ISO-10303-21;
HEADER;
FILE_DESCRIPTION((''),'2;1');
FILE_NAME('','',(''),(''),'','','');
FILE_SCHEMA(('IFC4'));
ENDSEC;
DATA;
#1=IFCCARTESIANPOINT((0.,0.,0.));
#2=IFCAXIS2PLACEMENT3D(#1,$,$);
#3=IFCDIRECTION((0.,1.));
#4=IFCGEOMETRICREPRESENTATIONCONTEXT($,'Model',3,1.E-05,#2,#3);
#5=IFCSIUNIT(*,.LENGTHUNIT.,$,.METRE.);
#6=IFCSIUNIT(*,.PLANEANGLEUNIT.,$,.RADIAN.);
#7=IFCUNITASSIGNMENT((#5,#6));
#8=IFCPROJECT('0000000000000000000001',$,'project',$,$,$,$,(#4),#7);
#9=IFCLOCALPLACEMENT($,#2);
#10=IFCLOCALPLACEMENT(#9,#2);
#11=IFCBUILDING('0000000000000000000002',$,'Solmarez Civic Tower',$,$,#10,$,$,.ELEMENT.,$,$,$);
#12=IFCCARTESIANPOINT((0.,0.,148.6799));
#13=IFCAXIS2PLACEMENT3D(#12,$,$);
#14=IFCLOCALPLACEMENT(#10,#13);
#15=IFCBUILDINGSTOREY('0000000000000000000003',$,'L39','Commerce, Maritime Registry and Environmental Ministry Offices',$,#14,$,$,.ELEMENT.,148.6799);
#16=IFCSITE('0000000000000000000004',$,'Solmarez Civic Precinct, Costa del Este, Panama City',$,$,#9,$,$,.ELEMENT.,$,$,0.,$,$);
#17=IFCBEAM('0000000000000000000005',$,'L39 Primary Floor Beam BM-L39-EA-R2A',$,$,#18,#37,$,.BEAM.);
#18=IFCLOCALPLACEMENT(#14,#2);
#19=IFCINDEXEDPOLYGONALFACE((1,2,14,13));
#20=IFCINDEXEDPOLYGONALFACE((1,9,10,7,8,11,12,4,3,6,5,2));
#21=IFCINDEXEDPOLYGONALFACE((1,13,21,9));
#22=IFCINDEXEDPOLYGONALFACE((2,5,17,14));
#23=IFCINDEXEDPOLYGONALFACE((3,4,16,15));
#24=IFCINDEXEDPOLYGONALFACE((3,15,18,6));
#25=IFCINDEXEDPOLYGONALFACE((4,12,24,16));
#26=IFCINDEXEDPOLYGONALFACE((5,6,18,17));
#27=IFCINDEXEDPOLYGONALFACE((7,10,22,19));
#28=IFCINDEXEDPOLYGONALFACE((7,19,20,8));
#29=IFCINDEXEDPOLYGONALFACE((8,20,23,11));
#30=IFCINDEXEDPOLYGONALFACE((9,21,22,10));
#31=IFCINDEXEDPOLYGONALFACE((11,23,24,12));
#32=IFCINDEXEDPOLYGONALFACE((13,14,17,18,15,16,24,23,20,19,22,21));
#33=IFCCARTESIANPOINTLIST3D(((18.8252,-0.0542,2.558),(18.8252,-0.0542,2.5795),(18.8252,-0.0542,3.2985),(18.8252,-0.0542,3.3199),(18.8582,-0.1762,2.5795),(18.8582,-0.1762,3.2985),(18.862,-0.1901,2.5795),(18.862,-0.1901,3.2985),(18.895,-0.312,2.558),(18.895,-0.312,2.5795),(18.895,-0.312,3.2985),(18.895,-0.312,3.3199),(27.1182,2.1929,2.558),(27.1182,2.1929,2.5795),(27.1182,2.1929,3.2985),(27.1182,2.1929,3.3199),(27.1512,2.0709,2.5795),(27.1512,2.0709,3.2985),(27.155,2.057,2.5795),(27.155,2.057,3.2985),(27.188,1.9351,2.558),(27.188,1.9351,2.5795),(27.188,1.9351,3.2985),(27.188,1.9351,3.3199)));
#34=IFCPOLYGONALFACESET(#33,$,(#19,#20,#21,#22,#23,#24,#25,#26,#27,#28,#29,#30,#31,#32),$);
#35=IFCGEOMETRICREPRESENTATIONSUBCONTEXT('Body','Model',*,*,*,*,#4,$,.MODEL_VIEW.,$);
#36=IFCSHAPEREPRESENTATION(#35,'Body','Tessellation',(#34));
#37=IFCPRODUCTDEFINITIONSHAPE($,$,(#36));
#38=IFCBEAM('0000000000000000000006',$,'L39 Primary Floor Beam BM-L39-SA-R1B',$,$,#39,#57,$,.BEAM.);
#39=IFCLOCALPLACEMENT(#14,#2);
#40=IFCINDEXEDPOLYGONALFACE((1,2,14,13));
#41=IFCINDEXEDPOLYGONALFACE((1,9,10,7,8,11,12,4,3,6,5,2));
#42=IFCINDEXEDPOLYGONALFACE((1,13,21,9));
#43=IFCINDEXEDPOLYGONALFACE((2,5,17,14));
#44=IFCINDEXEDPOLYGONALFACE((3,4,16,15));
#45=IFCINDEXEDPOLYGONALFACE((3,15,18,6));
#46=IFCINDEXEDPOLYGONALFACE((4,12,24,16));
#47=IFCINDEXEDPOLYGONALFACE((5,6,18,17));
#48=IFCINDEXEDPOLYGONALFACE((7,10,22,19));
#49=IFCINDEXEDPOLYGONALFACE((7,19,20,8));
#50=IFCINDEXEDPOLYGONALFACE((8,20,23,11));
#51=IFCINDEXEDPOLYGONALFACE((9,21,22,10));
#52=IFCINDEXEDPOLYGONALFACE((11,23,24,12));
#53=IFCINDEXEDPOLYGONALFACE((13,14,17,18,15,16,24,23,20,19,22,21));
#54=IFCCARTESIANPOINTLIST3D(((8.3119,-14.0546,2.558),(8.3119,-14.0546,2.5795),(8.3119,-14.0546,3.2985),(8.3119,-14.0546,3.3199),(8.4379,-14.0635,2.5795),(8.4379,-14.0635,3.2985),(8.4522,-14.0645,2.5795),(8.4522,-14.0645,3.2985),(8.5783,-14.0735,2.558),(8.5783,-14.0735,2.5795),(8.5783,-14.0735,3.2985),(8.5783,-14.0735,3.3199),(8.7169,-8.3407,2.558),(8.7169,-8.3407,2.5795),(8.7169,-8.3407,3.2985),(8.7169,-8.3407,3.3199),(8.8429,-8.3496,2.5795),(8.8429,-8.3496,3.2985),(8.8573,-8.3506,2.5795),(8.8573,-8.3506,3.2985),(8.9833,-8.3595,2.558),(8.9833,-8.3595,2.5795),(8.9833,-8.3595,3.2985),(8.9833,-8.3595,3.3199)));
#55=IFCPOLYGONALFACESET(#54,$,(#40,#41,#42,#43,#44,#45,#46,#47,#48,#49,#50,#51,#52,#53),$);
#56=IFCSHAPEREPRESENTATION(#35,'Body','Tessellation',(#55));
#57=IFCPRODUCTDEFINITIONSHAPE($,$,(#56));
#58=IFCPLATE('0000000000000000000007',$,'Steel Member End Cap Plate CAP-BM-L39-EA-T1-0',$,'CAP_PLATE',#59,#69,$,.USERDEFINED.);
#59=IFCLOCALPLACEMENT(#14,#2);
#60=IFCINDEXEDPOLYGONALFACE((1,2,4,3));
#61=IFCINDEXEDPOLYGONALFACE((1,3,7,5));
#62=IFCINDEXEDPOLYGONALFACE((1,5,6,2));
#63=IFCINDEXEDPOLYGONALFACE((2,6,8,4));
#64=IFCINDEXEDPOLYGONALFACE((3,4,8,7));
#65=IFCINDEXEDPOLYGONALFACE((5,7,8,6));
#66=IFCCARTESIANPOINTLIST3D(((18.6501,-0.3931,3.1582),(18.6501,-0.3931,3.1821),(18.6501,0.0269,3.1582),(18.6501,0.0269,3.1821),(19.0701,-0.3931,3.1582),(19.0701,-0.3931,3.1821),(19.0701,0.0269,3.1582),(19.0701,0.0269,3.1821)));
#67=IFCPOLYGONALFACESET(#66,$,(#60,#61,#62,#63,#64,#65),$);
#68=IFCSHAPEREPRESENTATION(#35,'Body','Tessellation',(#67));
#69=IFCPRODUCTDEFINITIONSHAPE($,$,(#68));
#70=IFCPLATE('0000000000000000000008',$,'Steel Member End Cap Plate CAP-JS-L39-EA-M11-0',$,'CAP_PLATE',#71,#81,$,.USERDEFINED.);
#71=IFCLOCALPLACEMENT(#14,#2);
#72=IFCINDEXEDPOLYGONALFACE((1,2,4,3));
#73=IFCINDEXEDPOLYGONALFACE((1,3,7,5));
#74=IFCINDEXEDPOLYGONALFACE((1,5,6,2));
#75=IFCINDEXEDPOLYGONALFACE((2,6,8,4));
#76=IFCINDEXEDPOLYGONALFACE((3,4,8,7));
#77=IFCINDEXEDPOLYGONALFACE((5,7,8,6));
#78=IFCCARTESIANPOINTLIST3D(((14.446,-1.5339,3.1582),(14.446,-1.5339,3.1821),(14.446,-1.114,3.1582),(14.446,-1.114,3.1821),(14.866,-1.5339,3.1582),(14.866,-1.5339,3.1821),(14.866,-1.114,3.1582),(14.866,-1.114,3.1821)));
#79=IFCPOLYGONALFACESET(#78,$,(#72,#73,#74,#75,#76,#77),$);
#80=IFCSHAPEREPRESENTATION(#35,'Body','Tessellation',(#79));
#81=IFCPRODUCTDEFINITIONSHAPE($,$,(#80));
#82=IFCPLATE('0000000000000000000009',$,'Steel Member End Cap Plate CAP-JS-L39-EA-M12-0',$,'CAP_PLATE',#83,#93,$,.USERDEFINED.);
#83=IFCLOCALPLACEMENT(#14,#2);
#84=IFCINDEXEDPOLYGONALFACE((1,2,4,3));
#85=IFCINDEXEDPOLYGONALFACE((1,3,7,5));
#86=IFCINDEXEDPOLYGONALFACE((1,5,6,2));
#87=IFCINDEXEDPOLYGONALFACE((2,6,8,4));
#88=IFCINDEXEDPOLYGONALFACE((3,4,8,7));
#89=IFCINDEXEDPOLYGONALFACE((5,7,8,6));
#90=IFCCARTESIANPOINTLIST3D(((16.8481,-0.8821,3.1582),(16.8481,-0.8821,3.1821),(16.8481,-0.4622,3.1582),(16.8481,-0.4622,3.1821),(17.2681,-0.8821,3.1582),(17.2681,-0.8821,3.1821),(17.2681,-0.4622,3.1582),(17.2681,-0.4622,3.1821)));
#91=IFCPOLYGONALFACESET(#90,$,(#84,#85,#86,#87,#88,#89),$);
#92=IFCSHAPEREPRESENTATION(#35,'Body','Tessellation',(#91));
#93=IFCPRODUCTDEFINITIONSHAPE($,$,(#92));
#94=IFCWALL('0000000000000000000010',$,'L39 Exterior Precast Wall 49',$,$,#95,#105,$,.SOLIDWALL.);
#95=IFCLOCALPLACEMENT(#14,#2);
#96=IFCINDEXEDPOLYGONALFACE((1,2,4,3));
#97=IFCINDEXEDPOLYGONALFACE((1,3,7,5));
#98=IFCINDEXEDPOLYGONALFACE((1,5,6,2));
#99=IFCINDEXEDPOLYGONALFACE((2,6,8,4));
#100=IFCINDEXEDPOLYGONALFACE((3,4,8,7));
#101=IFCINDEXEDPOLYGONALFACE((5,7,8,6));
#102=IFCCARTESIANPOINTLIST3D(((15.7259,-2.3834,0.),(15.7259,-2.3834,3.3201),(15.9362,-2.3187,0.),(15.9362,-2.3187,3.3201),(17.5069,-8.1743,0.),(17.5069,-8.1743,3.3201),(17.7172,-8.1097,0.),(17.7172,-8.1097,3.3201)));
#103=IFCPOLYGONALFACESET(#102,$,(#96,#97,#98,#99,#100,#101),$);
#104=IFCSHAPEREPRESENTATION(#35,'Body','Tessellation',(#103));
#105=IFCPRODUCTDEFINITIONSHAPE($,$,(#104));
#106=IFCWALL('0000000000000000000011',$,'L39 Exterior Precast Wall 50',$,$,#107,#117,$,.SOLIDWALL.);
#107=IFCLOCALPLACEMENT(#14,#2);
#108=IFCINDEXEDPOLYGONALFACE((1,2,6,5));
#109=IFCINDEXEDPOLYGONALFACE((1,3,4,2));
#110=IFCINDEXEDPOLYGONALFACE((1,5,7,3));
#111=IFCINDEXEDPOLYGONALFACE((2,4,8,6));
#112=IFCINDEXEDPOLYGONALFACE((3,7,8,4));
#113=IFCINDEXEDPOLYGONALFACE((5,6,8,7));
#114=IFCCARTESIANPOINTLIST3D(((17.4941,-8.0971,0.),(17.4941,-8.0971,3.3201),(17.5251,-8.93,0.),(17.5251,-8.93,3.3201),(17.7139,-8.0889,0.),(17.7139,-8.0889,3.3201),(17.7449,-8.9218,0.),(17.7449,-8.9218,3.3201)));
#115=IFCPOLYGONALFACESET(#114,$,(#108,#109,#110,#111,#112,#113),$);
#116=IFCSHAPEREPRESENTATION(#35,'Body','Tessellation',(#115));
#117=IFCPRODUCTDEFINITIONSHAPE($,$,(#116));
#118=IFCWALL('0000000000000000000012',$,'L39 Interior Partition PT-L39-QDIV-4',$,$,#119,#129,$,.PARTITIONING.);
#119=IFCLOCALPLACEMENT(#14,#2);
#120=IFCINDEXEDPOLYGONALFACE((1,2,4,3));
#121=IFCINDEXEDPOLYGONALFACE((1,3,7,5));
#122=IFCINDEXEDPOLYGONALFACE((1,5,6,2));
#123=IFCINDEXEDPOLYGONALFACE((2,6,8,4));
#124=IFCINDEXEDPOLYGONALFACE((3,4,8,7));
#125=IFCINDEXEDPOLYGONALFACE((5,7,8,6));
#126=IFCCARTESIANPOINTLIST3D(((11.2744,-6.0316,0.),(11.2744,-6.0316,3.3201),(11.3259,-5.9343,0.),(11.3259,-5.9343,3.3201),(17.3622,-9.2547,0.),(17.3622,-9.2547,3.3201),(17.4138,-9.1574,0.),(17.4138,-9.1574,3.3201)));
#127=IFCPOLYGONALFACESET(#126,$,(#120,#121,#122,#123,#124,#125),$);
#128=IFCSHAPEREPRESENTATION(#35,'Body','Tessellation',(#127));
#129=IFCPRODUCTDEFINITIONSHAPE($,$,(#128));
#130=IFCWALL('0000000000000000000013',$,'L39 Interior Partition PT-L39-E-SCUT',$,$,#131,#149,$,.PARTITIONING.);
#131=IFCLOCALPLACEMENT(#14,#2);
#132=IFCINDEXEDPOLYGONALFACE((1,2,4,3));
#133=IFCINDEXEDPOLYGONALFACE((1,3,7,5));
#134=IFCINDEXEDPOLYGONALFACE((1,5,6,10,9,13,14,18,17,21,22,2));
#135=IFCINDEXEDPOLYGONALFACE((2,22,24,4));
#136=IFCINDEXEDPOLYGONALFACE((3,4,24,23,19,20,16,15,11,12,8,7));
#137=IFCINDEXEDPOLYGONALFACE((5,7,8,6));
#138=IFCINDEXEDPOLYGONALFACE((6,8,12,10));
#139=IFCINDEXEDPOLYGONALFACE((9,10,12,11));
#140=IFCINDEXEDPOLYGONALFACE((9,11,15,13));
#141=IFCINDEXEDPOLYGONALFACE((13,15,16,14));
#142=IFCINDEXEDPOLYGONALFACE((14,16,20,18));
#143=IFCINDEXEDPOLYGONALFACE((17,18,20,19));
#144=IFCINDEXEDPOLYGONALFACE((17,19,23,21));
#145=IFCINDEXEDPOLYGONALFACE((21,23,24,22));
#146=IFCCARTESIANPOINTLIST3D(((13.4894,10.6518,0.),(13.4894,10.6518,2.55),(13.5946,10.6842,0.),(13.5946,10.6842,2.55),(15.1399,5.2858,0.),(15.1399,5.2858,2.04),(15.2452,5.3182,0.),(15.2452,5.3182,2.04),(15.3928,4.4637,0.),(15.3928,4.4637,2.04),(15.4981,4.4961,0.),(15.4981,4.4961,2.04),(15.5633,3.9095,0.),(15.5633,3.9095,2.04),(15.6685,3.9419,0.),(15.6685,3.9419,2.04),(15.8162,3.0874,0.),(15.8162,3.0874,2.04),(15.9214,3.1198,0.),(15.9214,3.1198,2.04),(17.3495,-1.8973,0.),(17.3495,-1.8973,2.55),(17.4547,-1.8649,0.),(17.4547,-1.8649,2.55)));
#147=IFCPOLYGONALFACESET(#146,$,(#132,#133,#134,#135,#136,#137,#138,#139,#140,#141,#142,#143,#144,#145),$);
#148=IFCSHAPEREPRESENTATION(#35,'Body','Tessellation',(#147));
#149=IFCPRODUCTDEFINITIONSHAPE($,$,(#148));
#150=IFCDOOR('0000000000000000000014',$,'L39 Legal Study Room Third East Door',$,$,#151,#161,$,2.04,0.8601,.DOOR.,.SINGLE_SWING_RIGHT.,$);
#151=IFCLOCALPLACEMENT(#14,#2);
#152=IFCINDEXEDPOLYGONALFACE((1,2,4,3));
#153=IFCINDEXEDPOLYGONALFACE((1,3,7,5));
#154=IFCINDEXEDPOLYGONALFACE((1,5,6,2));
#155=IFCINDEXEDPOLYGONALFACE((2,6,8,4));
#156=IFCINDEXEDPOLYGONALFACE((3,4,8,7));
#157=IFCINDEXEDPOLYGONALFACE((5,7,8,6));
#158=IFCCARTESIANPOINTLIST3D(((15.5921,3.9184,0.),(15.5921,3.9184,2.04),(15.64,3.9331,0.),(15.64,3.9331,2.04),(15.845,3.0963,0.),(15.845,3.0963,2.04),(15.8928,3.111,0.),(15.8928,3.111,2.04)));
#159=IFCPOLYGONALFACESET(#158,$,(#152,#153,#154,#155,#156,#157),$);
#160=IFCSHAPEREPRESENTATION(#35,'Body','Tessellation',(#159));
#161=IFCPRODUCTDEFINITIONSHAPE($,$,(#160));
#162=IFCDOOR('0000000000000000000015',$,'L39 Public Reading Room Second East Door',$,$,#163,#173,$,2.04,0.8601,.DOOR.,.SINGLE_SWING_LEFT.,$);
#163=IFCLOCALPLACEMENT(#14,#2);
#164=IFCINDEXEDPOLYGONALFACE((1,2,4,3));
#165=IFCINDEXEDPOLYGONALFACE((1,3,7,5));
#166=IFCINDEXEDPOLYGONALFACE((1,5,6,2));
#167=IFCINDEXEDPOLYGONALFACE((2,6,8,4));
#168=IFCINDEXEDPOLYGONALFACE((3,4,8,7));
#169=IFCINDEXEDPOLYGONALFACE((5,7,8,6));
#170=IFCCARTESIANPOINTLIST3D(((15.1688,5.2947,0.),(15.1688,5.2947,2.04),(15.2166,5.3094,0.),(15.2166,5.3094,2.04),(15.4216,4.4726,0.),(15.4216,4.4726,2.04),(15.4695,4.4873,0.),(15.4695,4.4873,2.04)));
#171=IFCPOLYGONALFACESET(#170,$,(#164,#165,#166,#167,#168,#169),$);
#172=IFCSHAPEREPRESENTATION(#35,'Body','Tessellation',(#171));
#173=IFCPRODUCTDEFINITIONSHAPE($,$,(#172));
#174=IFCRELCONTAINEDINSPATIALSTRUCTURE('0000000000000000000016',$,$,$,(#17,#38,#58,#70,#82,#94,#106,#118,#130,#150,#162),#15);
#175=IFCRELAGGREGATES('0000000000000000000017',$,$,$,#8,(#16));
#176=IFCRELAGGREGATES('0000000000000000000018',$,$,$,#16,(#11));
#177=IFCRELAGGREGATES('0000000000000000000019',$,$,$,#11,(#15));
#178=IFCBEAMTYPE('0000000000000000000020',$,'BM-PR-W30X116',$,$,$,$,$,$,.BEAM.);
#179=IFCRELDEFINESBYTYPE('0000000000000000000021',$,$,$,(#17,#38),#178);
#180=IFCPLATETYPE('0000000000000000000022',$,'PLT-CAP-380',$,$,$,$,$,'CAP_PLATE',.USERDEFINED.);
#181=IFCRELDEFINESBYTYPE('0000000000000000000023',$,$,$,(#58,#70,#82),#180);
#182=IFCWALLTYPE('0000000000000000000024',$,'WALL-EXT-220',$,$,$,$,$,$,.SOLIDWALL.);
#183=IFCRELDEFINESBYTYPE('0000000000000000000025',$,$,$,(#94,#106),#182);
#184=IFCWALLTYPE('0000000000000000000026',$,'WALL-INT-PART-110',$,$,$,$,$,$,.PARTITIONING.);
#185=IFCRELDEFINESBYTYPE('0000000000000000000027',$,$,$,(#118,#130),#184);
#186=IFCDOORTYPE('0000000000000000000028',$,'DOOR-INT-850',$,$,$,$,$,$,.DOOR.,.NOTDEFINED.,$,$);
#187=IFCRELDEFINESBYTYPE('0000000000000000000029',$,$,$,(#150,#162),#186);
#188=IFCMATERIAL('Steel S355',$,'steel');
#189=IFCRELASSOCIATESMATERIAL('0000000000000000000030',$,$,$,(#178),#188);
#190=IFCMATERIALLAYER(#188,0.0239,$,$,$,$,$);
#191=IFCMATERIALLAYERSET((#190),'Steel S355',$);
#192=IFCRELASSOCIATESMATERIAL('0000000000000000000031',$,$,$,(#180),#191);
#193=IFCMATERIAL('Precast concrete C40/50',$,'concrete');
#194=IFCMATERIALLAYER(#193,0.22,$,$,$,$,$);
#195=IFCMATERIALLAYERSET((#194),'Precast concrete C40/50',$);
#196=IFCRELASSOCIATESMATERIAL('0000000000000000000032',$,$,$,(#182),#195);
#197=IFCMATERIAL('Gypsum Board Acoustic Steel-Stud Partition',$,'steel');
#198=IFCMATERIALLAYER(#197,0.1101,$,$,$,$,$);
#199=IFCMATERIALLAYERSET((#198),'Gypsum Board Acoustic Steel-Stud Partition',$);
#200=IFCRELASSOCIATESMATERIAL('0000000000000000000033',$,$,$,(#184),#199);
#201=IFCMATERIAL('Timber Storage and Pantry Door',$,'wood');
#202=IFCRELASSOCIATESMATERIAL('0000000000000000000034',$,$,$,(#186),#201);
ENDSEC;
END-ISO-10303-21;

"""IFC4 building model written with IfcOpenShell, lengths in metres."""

from ifc_helpers import new_model, si_unit, direction, frame, frame_2d, origin, origin_2d, place, context, subcontext, project, spatial, rectangle, i_section, extrude, material, layer, layer_set, material_profile, profile_set, type_object, element, fill, save


model = new_model("IFC4")

# Units and contexts
model_context = context("Model", 3, precision=1e-05, world=origin(), true_north=direction((0.0, 1.0)))
body_context = subcontext(model_context, "Body", "Model", "MODEL_VIEW")
ifc_project = project(units=[si_unit("LENGTHUNIT", "METRE"), si_unit("PLANEANGLEUNIT", "RADIAN")], contexts=[model_context])

# Site, building, storey
site_placement = place(None, origin())
site = spatial("IfcSite", under=ifc_project, at=site_placement, Name="Solmarez Civic Precinct, Costa del Este, Panama City", CompositionType="ELEMENT", RefElevation=0.0)
building_placement = place(site_placement, origin())
building = spatial("IfcBuilding", under=site, at=building_placement, Name="Solmarez Civic Tower", CompositionType="ELEMENT")
storey_placement = place(building_placement, frame((0.0, 0.0, 148.6799)))
storey = spatial("IfcBuildingStorey", under=building, at=storey_placement, Name="L39", Description="Commerce, Maritime Registry and Environmental Ministry Offices", CompositionType="ELEMENT", Elevation=148.6799)

# Beams
ifc_material_1 = material(Name="Steel S355", Category="steel")
ifc_material_profile_1 = material_profile(ifc_material_1, i_section(OverallWidth=0.2671, OverallDepth=0.762, WebThickness=0.0144, FlangeThickness=0.0215, at=origin_2d()), Name="W30X116")
ifc_profile_set_1 = profile_set([ifc_material_profile_1], Name="Steel S355")
beam_type_1 = type_object("IfcBeamType", Name="BM-PR-W30X116", PredefinedType="BEAM", material=ifc_profile_set_1)
beam_1_placement = place(storey_placement, frame((18.8601, -0.1831, 2.939), z_axis=(0.965195, 0.26153, 0.0), x_axis=(-0.26153, 0.965195, 0.0)))
element("IfcBeam", 1, at=beam_1_placement, inside=storey, type_object=beam_type_1, Name="L39 Primary Floor Beam BM-L39-EA-R2A", PredefinedType="BEAM", context=body_context, shape_type="SweptSolid", body=[
    extrude(i_section(OverallWidth=0.2671, OverallDepth=0.762, WebThickness=0.0144, FlangeThickness=0.0215, at=origin_2d()), origin(), (0.0, 0.0, 1.0), 8.592),
])
beam_2_placement = place(storey_placement, frame((8.8501, -8.3501, 2.939), z_axis=(-0.070708, -0.997497, 0.0), x_axis=(0.997497, -0.070708, 0.0)))
element("IfcBeam", 2, at=beam_2_placement, inside=storey, type_object=beam_type_1, Name="L39 Primary Floor Beam BM-L39-SA-R1B", PredefinedType="BEAM", context=body_context, shape_type="SweptSolid", body=[
    extrude(i_section(OverallWidth=0.2671, OverallDepth=0.762, WebThickness=0.0144, FlangeThickness=0.0215, at=origin_2d()), origin(), (0.0, 0.0, 1.0), 5.7283),
])

# Plates
ifc_layer_1 = layer(ifc_material_1, 0.0239)
ifc_layer_set_1 = layer_set([ifc_layer_1], Name="Steel S355")
plate_type = type_object("IfcPlateType", Name="PLT-CAP-380", ElementType="CAP_PLATE", PredefinedType="USERDEFINED", material=ifc_layer_set_1)
for number, where, z_axis, x_axis, name in (
    (3, (18.8601, -0.1831, 3.1582), (0.0, 0.0, 1.0), (1.0, 0.0, 0.0), "Steel Member End Cap Plate CAP-BM-L39-EA-T1-0"),
    (4, (14.656, -1.324, 3.1582), (0.0, 0.0, 1.0), (1.0, 0.0, 0.0), "Steel Member End Cap Plate CAP-JS-L39-EA-M11-0"),
    (5, (17.0581, -0.6721, 3.1582), (0.0, 0.0, 1.0), (1.0, 0.0, 0.0), "Steel Member End Cap Plate CAP-JS-L39-EA-M12-0"),
):
    element("IfcPlate", number, at=place(storey_placement, frame(where, z_axis=z_axis, x_axis=x_axis)), inside=storey, type_object=plate_type, Name=name, ObjectType="CAP_PLATE", PredefinedType="USERDEFINED", context=body_context, shape_type="SweptSolid", body=[
        extrude(rectangle(XDim=0.4199, YDim=0.4199, at=origin_2d()), origin(), (0.0, 0.0, 1.0), 0.0239),
    ])

# Walls
ifc_material_2 = material(Name="Precast concrete C40/50", Category="concrete")
ifc_layer_2 = layer(ifc_material_2, 0.22)
ifc_layer_set_2 = layer_set([ifc_layer_2], Name="Precast concrete C40/50")
wall_type_1 = type_object("IfcWallType", Name="WALL-EXT-220", PredefinedType="SOLIDWALL", material=ifc_layer_set_2)
wall_1_placement = place(storey_placement, frame((15.8311, -2.3511, 0.0), z_axis=(0.0, 0.0, 1.0), x_axis=(0.293958, -0.955818, 0.0)))
element("IfcWall", 6, at=wall_1_placement, inside=storey, type_object=wall_type_1, Name="L39 Exterior Precast Wall 49", PredefinedType="SOLIDWALL", context=body_context, shape_type="SweptSolid", body=[
    extrude(rectangle(XDim=6.0586, YDim=0.22, at=frame_2d((3.0293, 0.0))), origin(), (0.0, 0.0, 1.0), 3.3201),
])
wall_2_placement = place(storey_placement, frame((17.604, -8.093, 0.0), z_axis=(0.0, 0.0, 1.0), x_axis=(0.037196, -0.999308, 0.0)))
element("IfcWall", 7, at=wall_2_placement, inside=storey, type_object=wall_type_1, Name="L39 Exterior Precast Wall 50", PredefinedType="SOLIDWALL", context=body_context, shape_type="SweptSolid", body=[
    extrude(rectangle(XDim=0.8335, YDim=0.22, at=frame_2d((0.4167, 0.0))), origin(), (0.0, 0.0, 1.0), 3.3201),
])
ifc_material_3 = material(Name="Gypsum Board Acoustic Steel-Stud Partition", Category="steel")
ifc_layer_3 = layer(ifc_material_3, 0.1101)
ifc_layer_set_3 = layer_set([ifc_layer_3], Name="Gypsum Board Acoustic Steel-Stud Partition")
wall_type_2 = type_object("IfcWallType", Name="WALL-INT-PART-110", PredefinedType="PARTITIONING", material=ifc_layer_set_3)
wall_3_placement = place(storey_placement, frame((11.3, -5.9829, 0.0), z_axis=(0.0, 0.0, 1.0), x_axis=(0.883779, -0.467904, 0.0)))
element("IfcWall", 8, at=wall_3_placement, inside=storey, type_object=wall_type_2, Name="L39 Interior Partition PT-L39-QDIV-4", PredefinedType="PARTITIONING", context=body_context, shape_type="SweptSolid", body=[
    extrude(rectangle(XDim=6.8884, YDim=0.1101, at=frame_2d((3.4443, 0.0))), origin(), (0.0, 0.0, 1.0), 3.3201),
])

# Wall, openings, doors
wall_4_placement = place(storey_placement, frame((17.4021, -1.8811, 0.0), z_axis=(0.0, 0.0, 1.0), x_axis=(-0.294006, 0.955804, 0.0)))
wall_4 = element("IfcWall", 9, at=wall_4_placement, inside=storey, type_object=wall_type_2, Name="L39 Interior Partition PT-L39-E-SCUT", PredefinedType="PARTITIONING", context=body_context, shape_type="SweptSolid", body=[
    extrude(rectangle(XDim=13.1294, YDim=0.1101, at=frame_2d((6.5647, 0.0))), origin(), (0.0, 0.0, 1.0), 2.55),
])
opening_1_placement = place(wall_4_placement, frame((5.2151, 0.0, 0.0)))
opening_1 = element("IfcOpeningElement", 10, at=opening_1_placement, cuts=wall_4, PredefinedType="OPENING", context=body_context, shape_type="SweptSolid", body=[
    extrude(rectangle(XDim=0.8601, YDim=2.04, at=frame_2d((0.4302, 1.02))), frame((0.0, 0.0649, 0.0), z_axis=(0.0, -1.0, 0.0), x_axis=(1.0, 0.0, 0.0)), (0.0, 0.0, 1.0), 0.1301),
])
opening_2_placement = place(wall_4_placement, frame((6.655, 0.0, 0.0)))
opening_2 = element("IfcOpeningElement", 11, at=opening_2_placement, cuts=wall_4, PredefinedType="OPENING", context=body_context, shape_type="SweptSolid", body=[
    extrude(rectangle(XDim=0.8601, YDim=2.04, at=frame_2d((0.4302, 1.02))), frame((0.0, 0.0649, 0.0), z_axis=(0.0, -1.0, 0.0), x_axis=(1.0, 0.0, 0.0)), (0.0, 0.0, 1.0), 0.1301),
])
ifc_material_4 = material(Name="Timber Storage and Pantry Door", Category="wood")
door_type = type_object("IfcDoorType", Name="DOOR-INT-850", OperationType="NOTDEFINED", PredefinedType="DOOR", material=ifc_material_4)
door_1_placement = place(opening_1_placement, origin())
door_1 = element("IfcDoor", 12, at=door_1_placement, inside=storey, type_object=door_type, Name="L39 Legal Study Room Third East Door", OperationType="SINGLE_SWING_RIGHT", OverallHeight=2.04, OverallWidth=0.8601, PredefinedType="DOOR", context=body_context, shape_type="SweptSolid", body=[
    extrude(rectangle(XDim=0.8601, YDim=2.04, at=frame_2d((0.4302, 1.02))), frame((0.0, 0.0249, 0.0), z_axis=(0.0, -1.0, 0.0), x_axis=(1.0, 0.0, 0.0)), (0.0, 0.0, 1.0), 0.05),
])
fill(opening_1, door_1)
door_2_placement = place(opening_2_placement, origin())
door_2 = element("IfcDoor", 13, at=door_2_placement, inside=storey, type_object=door_type, Name="L39 Public Reading Room Second East Door", OperationType="SINGLE_SWING_LEFT", OverallHeight=2.04, OverallWidth=0.8601, PredefinedType="DOOR", context=body_context, shape_type="SweptSolid", body=[
    extrude(rectangle(XDim=0.8601, YDim=2.04, at=frame_2d((0.4302, 1.02))), frame((0.0, 0.0249, 0.0), z_axis=(0.0, -1.0, 0.0), x_axis=(1.0, 0.0, 0.0)), (0.0, 0.0, 1.0), 0.05),
])
fill(opening_2, door_2)

save(model, "model.ifc")
